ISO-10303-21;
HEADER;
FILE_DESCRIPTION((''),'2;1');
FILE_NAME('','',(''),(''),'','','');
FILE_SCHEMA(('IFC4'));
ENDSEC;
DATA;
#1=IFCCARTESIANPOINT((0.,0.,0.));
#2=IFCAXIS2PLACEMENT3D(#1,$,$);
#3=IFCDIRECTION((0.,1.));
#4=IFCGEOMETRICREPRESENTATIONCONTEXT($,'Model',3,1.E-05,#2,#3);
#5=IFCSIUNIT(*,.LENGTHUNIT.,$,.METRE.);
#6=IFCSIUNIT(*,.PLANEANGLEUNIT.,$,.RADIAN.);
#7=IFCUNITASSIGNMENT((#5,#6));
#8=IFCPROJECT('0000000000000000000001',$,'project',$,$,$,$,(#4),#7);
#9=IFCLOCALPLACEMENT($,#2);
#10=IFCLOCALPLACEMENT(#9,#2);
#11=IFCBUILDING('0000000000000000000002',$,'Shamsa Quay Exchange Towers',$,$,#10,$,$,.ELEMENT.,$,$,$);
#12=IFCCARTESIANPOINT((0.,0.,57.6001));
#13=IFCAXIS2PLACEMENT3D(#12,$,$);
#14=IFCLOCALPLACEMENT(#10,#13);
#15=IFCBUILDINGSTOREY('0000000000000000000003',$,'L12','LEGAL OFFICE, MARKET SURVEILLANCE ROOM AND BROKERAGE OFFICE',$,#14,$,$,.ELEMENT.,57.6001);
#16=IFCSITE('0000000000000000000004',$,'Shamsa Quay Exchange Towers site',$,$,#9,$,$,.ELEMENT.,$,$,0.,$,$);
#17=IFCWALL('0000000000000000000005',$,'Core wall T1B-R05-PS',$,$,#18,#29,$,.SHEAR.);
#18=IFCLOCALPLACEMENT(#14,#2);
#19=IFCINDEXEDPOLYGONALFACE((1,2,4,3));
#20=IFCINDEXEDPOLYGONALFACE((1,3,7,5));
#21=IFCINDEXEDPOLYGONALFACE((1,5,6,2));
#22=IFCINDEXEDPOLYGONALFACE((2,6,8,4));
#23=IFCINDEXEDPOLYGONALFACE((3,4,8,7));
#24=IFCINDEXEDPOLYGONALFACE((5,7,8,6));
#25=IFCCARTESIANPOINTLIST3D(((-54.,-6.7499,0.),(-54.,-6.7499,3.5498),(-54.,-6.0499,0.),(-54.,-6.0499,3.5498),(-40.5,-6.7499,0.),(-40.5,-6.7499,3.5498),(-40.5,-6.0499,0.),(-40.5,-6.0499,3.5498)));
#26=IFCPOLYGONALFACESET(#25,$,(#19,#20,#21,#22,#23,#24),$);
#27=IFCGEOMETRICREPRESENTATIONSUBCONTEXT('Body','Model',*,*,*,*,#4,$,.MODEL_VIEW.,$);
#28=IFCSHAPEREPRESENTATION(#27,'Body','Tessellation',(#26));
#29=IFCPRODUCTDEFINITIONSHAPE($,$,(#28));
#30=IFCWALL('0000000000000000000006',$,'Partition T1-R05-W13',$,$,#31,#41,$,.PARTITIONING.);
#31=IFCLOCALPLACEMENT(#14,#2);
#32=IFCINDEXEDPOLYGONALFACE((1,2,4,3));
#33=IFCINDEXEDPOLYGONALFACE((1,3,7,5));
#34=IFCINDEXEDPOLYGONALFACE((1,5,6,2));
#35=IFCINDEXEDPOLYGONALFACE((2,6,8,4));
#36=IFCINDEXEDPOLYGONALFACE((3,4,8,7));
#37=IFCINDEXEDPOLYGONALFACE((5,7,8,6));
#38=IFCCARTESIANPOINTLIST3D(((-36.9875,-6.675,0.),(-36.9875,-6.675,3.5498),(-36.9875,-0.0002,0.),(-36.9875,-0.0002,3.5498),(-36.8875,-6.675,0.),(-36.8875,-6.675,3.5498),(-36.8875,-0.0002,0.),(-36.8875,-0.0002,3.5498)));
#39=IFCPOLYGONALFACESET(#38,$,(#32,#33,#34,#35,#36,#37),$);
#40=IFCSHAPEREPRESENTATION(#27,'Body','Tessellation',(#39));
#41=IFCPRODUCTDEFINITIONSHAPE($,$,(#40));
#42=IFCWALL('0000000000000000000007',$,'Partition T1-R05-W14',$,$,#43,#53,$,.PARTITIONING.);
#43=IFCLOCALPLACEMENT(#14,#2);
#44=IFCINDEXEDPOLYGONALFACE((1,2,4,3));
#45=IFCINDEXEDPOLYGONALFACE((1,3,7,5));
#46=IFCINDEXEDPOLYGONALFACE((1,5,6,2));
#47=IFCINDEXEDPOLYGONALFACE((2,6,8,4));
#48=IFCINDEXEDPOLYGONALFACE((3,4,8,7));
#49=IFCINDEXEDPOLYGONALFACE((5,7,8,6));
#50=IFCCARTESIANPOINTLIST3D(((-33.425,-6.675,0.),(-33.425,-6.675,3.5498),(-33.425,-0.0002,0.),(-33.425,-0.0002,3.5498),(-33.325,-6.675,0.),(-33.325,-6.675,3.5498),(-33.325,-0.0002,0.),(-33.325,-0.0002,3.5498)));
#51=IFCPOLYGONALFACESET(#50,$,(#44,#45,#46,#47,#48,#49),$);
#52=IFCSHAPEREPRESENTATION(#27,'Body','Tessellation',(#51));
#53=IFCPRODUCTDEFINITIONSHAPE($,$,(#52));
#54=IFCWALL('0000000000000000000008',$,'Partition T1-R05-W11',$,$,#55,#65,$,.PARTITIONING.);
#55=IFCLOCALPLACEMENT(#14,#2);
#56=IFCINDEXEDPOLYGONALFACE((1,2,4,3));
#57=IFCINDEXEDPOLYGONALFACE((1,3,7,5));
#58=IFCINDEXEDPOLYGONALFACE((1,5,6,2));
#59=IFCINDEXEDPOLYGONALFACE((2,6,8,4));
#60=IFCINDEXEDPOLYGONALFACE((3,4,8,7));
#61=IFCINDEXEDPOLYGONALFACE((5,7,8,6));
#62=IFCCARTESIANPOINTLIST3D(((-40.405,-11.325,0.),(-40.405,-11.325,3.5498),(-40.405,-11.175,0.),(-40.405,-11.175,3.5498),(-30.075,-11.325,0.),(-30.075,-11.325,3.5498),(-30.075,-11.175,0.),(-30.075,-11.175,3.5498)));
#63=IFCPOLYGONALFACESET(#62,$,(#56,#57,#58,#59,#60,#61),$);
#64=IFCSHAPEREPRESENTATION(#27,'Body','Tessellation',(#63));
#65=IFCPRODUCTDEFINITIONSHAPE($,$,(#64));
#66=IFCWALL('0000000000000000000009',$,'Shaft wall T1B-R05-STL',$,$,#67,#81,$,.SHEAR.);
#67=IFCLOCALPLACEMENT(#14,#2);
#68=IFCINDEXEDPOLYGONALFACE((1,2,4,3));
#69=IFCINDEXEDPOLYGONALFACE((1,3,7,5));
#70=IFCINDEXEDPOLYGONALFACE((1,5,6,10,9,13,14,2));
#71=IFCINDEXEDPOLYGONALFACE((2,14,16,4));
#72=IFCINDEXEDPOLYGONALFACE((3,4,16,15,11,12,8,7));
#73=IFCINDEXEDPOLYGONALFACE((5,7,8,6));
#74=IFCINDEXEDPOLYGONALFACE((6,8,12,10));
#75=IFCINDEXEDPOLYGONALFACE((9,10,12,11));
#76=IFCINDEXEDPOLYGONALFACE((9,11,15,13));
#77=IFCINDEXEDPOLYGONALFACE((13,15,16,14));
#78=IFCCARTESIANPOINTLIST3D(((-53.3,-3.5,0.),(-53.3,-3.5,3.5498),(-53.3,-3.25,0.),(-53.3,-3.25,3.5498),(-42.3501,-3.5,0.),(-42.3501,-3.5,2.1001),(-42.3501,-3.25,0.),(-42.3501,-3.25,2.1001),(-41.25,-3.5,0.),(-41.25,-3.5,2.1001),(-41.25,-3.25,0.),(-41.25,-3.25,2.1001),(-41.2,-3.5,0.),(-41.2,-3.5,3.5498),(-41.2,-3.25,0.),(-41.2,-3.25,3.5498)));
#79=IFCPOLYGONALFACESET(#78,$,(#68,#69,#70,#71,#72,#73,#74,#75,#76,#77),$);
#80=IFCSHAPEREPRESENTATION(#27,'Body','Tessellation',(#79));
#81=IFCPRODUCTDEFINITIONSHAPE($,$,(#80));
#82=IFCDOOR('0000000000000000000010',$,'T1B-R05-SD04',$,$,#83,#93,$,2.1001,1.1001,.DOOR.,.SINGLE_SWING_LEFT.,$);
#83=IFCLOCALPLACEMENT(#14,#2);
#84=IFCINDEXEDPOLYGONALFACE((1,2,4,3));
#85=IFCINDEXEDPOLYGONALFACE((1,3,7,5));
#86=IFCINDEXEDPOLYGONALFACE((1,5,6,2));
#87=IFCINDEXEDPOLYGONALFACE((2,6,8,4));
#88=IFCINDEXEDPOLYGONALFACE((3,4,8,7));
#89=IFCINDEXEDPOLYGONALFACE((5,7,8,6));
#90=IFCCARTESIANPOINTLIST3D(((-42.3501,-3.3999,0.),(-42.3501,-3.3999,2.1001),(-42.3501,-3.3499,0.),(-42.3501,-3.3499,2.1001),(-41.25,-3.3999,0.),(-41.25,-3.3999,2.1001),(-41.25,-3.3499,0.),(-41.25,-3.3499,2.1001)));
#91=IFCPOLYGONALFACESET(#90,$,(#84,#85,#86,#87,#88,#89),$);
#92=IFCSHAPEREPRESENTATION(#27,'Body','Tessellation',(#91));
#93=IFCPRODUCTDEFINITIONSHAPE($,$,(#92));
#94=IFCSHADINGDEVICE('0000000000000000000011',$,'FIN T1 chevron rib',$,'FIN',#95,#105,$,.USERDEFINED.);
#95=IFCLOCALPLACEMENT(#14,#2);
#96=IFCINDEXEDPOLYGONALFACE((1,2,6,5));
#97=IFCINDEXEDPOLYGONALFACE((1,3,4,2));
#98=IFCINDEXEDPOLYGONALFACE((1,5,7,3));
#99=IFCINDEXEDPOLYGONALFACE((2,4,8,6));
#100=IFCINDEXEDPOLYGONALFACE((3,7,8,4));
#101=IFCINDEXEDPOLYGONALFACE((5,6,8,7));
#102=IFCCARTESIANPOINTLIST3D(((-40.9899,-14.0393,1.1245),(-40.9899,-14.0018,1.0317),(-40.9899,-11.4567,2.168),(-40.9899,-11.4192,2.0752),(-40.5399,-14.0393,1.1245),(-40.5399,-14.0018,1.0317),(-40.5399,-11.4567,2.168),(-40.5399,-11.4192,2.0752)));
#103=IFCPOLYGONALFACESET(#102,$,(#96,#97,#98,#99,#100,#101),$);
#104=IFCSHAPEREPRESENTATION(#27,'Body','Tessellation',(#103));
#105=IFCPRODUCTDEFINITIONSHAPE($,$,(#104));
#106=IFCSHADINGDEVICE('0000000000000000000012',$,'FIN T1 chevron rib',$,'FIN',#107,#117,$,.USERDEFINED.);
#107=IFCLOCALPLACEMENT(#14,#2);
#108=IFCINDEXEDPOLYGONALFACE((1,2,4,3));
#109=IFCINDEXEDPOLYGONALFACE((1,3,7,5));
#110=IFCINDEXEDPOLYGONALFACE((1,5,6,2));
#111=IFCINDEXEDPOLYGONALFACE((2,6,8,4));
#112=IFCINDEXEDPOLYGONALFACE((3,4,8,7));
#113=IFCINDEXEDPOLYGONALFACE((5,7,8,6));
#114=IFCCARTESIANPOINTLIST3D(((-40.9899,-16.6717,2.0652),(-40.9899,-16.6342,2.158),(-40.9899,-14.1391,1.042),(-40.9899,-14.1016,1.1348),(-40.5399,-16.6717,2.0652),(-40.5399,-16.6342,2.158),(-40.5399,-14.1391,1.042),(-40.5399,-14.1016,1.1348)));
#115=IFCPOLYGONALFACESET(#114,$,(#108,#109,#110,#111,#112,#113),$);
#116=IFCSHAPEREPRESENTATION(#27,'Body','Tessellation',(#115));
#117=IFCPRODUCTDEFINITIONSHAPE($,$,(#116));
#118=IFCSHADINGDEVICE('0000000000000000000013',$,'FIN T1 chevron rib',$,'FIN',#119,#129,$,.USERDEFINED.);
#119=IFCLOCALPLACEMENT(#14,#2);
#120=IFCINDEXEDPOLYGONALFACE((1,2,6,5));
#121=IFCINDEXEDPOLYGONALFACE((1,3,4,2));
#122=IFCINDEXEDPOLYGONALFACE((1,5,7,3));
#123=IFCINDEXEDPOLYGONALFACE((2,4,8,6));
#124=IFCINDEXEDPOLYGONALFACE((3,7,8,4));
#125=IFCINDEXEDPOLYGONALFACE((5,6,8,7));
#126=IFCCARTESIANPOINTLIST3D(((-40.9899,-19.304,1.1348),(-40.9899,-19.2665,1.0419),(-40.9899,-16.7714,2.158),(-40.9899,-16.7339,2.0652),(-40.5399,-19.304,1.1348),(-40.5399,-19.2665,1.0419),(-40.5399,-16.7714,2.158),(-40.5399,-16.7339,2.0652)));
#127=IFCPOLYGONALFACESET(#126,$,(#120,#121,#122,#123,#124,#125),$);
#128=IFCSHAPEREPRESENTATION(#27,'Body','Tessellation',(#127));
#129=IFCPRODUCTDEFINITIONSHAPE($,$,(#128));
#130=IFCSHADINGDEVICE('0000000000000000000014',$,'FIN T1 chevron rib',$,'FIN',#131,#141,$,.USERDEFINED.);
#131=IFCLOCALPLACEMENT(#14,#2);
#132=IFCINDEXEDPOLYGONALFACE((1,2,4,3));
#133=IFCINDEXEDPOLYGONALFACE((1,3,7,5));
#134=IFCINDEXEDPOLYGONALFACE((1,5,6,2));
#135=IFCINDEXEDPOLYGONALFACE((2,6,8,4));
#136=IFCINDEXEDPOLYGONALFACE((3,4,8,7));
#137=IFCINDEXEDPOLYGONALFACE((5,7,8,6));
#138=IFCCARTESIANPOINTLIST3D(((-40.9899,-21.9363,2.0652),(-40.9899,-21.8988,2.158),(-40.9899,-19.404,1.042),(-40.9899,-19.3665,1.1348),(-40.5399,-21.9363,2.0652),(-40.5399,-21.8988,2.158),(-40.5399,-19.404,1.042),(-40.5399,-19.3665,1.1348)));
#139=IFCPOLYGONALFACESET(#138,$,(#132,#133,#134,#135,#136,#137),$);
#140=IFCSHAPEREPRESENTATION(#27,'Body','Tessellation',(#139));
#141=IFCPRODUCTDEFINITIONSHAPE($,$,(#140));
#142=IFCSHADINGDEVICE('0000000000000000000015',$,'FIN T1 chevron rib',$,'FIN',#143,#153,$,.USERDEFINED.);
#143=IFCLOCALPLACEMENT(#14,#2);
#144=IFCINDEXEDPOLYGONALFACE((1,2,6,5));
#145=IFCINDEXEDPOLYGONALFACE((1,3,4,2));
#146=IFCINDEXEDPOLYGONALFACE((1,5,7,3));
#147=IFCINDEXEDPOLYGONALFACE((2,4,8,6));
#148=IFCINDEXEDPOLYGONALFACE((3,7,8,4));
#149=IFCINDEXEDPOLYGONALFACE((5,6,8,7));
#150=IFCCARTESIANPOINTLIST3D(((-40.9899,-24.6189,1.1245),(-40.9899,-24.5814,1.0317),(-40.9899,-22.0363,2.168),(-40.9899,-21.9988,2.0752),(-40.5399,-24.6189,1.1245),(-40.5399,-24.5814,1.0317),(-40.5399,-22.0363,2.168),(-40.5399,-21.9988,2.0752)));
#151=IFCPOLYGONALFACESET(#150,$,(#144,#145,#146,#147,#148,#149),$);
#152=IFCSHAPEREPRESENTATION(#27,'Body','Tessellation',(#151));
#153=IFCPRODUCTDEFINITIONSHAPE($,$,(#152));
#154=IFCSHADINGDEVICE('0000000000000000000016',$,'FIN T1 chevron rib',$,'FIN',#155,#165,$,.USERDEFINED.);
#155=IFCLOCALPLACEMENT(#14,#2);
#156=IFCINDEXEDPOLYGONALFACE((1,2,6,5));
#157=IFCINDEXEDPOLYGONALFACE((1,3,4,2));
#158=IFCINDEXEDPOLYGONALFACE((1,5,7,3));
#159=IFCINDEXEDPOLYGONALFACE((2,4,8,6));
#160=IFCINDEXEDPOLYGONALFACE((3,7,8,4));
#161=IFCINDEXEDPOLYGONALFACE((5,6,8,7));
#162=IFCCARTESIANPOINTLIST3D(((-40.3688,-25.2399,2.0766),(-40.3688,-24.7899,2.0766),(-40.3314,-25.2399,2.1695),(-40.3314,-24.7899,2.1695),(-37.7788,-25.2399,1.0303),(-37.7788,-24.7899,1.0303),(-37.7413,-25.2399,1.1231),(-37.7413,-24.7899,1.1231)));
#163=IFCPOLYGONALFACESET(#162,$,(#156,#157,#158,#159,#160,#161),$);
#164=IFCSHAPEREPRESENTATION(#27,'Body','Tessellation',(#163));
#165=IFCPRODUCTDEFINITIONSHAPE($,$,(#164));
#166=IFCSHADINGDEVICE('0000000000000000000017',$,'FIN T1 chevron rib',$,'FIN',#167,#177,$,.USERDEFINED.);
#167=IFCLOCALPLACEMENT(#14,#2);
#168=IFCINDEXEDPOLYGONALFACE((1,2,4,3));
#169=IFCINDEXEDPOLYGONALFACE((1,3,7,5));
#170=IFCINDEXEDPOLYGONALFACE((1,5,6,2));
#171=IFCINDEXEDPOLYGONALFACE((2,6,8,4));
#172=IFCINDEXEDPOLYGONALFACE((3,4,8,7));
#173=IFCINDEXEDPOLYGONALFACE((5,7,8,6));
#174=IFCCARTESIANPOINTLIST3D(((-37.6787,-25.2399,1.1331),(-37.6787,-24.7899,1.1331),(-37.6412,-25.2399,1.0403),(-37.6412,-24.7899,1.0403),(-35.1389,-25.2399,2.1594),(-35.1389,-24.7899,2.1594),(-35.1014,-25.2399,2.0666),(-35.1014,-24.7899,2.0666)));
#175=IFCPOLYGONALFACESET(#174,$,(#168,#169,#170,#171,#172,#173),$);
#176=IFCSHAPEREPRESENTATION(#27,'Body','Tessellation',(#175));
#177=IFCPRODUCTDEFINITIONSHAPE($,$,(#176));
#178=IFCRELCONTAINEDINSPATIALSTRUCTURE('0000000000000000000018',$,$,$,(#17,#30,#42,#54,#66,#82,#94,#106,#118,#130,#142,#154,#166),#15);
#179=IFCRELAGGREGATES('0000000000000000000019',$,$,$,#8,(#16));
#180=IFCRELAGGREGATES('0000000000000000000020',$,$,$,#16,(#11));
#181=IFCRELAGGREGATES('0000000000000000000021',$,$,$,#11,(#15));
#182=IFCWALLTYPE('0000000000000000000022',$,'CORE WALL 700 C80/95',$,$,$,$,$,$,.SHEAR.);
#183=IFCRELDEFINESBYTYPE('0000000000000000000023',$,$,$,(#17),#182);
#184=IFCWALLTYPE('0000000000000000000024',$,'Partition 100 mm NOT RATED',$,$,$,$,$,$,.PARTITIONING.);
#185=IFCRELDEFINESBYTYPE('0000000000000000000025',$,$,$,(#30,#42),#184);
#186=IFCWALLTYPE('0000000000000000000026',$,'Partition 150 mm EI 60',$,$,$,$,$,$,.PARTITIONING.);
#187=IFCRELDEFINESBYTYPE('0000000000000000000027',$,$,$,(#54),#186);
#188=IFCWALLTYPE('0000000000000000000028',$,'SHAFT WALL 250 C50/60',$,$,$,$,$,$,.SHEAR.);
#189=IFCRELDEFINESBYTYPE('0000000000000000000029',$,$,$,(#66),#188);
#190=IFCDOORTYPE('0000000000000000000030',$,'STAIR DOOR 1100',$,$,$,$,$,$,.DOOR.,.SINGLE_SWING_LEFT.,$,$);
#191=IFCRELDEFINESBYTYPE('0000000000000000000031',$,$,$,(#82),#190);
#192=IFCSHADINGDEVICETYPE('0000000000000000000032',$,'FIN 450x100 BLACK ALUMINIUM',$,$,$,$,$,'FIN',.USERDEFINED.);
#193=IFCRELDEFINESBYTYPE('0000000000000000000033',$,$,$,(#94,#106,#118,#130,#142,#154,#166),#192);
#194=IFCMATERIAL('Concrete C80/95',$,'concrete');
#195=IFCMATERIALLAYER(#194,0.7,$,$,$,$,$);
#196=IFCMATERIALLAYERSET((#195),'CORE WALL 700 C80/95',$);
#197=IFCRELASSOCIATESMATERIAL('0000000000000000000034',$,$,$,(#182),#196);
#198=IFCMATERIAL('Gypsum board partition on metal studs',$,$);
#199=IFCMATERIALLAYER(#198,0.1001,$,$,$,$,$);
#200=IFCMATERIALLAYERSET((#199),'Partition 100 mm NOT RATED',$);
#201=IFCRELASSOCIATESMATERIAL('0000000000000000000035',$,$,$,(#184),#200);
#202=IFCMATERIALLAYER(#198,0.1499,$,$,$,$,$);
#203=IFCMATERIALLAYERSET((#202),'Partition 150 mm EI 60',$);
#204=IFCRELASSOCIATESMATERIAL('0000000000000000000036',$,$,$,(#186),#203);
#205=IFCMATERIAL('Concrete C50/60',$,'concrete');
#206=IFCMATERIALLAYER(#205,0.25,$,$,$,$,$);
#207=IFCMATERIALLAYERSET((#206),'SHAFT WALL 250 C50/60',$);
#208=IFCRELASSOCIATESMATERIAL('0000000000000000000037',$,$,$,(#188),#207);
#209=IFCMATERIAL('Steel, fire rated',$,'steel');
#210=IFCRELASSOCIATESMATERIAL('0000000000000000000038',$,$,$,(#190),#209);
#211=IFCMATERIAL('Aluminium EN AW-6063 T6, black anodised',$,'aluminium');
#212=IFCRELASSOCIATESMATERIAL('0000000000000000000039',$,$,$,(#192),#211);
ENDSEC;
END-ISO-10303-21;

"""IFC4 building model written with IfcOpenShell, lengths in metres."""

from ifc_helpers import new_model, si_unit, direction, frame, frame_2d, origin, origin_2d, place, context, subcontext, project, spatial, rectangle, extrude, material, layer, layer_set, material_profile, profile_set, type_object, element, fill, save


model = new_model("IFC4")

# Units and contexts
model_context = context("Model", 3, precision=1e-05, world=origin(), true_north=direction((0.0, 1.0)))
body_context = subcontext(model_context, "Body", "Model", "MODEL_VIEW")
ifc_project = project(units=[si_unit("LENGTHUNIT", "METRE"), si_unit("PLANEANGLEUNIT", "RADIAN")], contexts=[model_context])

# Site, building, storey
site_placement = place(None, origin())
site = spatial("IfcSite", under=ifc_project, at=site_placement, Name="Shamsa Quay Exchange Towers site", CompositionType="ELEMENT", RefElevation=0.0)
building_placement = place(site_placement, origin())
building = spatial("IfcBuilding", under=site, at=building_placement, Name="Shamsa Quay Exchange Towers", CompositionType="ELEMENT")
storey_placement = place(building_placement, frame((0.0, 0.0, 57.6001)))
storey = spatial("IfcBuildingStorey", under=building, at=storey_placement, Name="L12", Description="LEGAL OFFICE, MARKET SURVEILLANCE ROOM AND BROKERAGE OFFICE", CompositionType="ELEMENT", Elevation=57.6001)

# Shared definitions
ifc_material_1 = material(Name="Aluminium EN AW-6063 T6, black anodised", Category="aluminium")

# Wall
ifc_material_2 = material(Name="Concrete C80/95", Category="concrete")
ifc_layer_1 = layer(ifc_material_2, 0.7)
ifc_layer_set_1 = layer_set([ifc_layer_1], Name="CORE WALL 700 C80/95")
wall_type_1 = type_object("IfcWallType", Name="CORE WALL 700 C80/95", PredefinedType="SHEAR", material=ifc_layer_set_1)
wall_1_placement = place(storey_placement, frame((-40.5, -6.3999, 0.0), z_axis=(0.0, 0.0, 1.0), x_axis=(-1.0, 0.0, 0.0)))
element("IfcWall", 1, at=wall_1_placement, inside=storey, type_object=wall_type_1, Name="Core wall T1B-R05-PS", PredefinedType="SHEAR", context=body_context, shape_type="SweptSolid", body=[
    extrude(rectangle(XDim=13.5, YDim=0.7, at=frame_2d((6.75, 0.0))), origin(), (0.0, 0.0, 1.0), 3.5498),
])

# Shared definitions
ifc_material_3 = material(Name="Steel, fire rated", Category="steel")

# Walls
ifc_material_4 = material(Name="Gypsum board partition on metal studs")
ifc_layer_2 = layer(ifc_material_4, 0.1001)
ifc_layer_set_2 = layer_set([ifc_layer_2], Name="Partition 100 mm NOT RATED")
wall_type_2 = type_object("IfcWallType", Name="Partition 100 mm NOT RATED", PredefinedType="PARTITIONING", material=ifc_layer_set_2)
for number, where, z_axis, x_axis, name in (
    (2, (-36.9375, -6.675, 0.0), (0.0, 0.0, 1.0), (0.0, 1.0, 0.0), "Partition T1-R05-W13"),
    (3, (-33.375, -6.675, 0.0), (0.0, 0.0, 1.0), (0.0, 1.0, 0.0), "Partition T1-R05-W14"),
):
    element("IfcWall", number, at=place(storey_placement, frame(where, z_axis=z_axis, x_axis=x_axis)), inside=storey, type_object=wall_type_2, Name=name, PredefinedType="PARTITIONING", context=body_context, shape_type="SweptSolid", body=[
        extrude(rectangle(XDim=6.6748, YDim=0.1001, at=frame_2d((3.3374, 0.0))), origin(), (0.0, 0.0, 1.0), 3.5498),
    ])
ifc_layer_3 = layer(ifc_material_4, 0.1499)
ifc_layer_set_3 = layer_set([ifc_layer_3], Name="Partition 150 mm EI 60")
wall_type_3 = type_object("IfcWallType", Name="Partition 150 mm EI 60", PredefinedType="PARTITIONING", material=ifc_layer_set_3)
wall_2_placement = place(storey_placement, frame((-40.405, -11.25, 0.0)))
element("IfcWall", 4, at=wall_2_placement, inside=storey, type_object=wall_type_3, Name="Partition T1-R05-W11", PredefinedType="PARTITIONING", context=body_context, shape_type="SweptSolid", body=[
    extrude(rectangle(XDim=10.3301, YDim=0.1499, at=frame_2d((5.165, 0.0))), origin(), (0.0, 0.0, 1.0), 3.5498),
])

# Wall, opening, door
ifc_material_5 = material(Name="Concrete C50/60", Category="concrete")
ifc_layer_4 = layer(ifc_material_5, 0.25)
ifc_layer_set_4 = layer_set([ifc_layer_4], Name="SHAFT WALL 250 C50/60")
wall_type_4 = type_object("IfcWallType", Name="SHAFT WALL 250 C50/60", PredefinedType="SHEAR", material=ifc_layer_set_4)
wall_3_placement = place(storey_placement, frame((-41.2, -3.375, 0.0), z_axis=(0.0, 0.0, 1.0), x_axis=(-1.0, 0.0, 0.0)))
wall_3 = element("IfcWall", 5, at=wall_3_placement, inside=storey, type_object=wall_type_4, Name="Shaft wall T1B-R05-STL", PredefinedType="SHEAR", context=body_context, shape_type="SweptSolid", body=[
    extrude(rectangle(XDim=12.1001, YDim=0.25, at=frame_2d((6.05, 0.0))), origin(), (0.0, 0.0, 1.0), 3.5498),
])
opening_1_placement = place(wall_3_placement, frame((0.05, 0.0, 0.0)))
opening_1 = element("IfcOpeningElement", 6, at=opening_1_placement, cuts=wall_3, PredefinedType="OPENING", context=body_context, shape_type="SweptSolid", body=[
    extrude(rectangle(XDim=1.1001, YDim=2.1001, at=frame_2d((0.55, 1.05))), frame((0.0, 0.135, 0.0), z_axis=(0.0, -1.0, 0.0), x_axis=(1.0, 0.0, 0.0)), (0.0, 0.0, 1.0), 0.27),
])
door_type_1 = type_object("IfcDoorType", Name="STAIR DOOR 1100", OperationType="SINGLE_SWING_LEFT", PredefinedType="DOOR", material=ifc_material_3)
door_1_placement = place(opening_1_placement, origin())
door_1 = element("IfcDoor", 7, at=door_1_placement, inside=storey, type_object=door_type_1, Name="T1B-R05-SD04", OperationType="SINGLE_SWING_LEFT", OverallHeight=2.1001, OverallWidth=1.1001, PredefinedType="DOOR", context=body_context, shape_type="SweptSolid", body=[
    extrude(rectangle(XDim=1.1001, YDim=2.1001, at=frame_2d((0.55, 1.05))), frame((0.0, 0.0249, 0.0), z_axis=(0.0, -1.0, 0.0), x_axis=(1.0, 0.0, 0.0)), (0.0, 0.0, 1.0), 0.05),
])
fill(opening_1, door_1)

# Shading devices
ifc_material_profile_1 = material_profile(ifc_material_1, rectangle(XDim=0.45, YDim=0.1001, at=origin_2d()), Name="FIN450x100")
ifc_profile_set_1 = profile_set([ifc_material_profile_1], Name="Aluminium EN AW-6063 T6, black anodised")
shading_device_type = type_object("IfcShadingDeviceType", Name="FIN 450x100 BLACK ALUMINIUM", ElementType="FIN", PredefinedType="USERDEFINED", material=ifc_profile_set_1)
shading_device_1_placement = place(storey_placement, frame((-40.7649, -11.438, 2.1216), z_axis=(0.0, -0.927177, -0.374622), x_axis=(1.0, 0.0, 0.0)))
element("IfcShadingDevice", 8, at=shading_device_1_placement, inside=storey, type_object=shading_device_type, Name="FIN T1 chevron rib", ObjectType="FIN", PredefinedType="USERDEFINED", context=body_context, shape_type="SweptSolid", body=[
    extrude(rectangle(XDim=0.45, YDim=0.1001, at=origin_2d()), origin(), (0.0, 0.0, 1.0), 2.7854),
])
for number, where, z_axis, x_axis, name in (
    (9, (-40.7649, -14.1204, 1.0884), (0.0, -0.927183, 0.374609), (1.0, 0.0, 0.0), "FIN T1 chevron rib"),
    (10, (-40.7649, -16.7527, 2.1116), (0.0, -0.927183, -0.374609), (1.0, 0.0, 0.0), "FIN T1 chevron rib"),
):
    element("IfcShadingDevice", number, at=place(storey_placement, frame(where, z_axis=z_axis, x_axis=x_axis)), inside=storey, type_object=shading_device_type, Name=name, ObjectType="FIN", PredefinedType="USERDEFINED", context=body_context, shape_type="SweptSolid", body=[
        extrude(rectangle(XDim=0.45, YDim=0.1001, at=origin_2d()), origin(), (0.0, 0.0, 1.0), 2.7314),
    ])
shading_device_2_placement = place(storey_placement, frame((-40.7649, -19.3853, 1.0884), z_axis=(0.0, -0.92717, 0.37464), x_axis=(1.0, 0.0, 0.0)))
element("IfcShadingDevice", 11, at=shading_device_2_placement, inside=storey, type_object=shading_device_type, Name="FIN T1 chevron rib", ObjectType="FIN", PredefinedType="USERDEFINED", context=body_context, shape_type="SweptSolid", body=[
    extrude(rectangle(XDim=0.45, YDim=0.1001, at=origin_2d()), origin(), (0.0, 0.0, 1.0), 2.7312),
])
shading_device_3_placement = place(storey_placement, frame((-40.7649, -22.0176, 2.1216), z_axis=(0.0, -0.927177, -0.374622), x_axis=(1.0, 0.0, 0.0)))
element("IfcShadingDevice", 12, at=shading_device_3_placement, inside=storey, type_object=shading_device_type, Name="FIN T1 chevron rib", ObjectType="FIN", PredefinedType="USERDEFINED", context=body_context, shape_type="SweptSolid", body=[
    extrude(rectangle(XDim=0.45, YDim=0.1001, at=origin_2d()), origin(), (0.0, 0.0, 1.0), 2.7854),
])
shading_device_4_placement = place(storey_placement, frame((-40.3501, -25.0149, 2.123), z_axis=(0.927193, 0.0, -0.374583), x_axis=(0.0, 1.0, 0.0)))
element("IfcShadingDevice", 13, at=shading_device_4_placement, inside=storey, type_object=shading_device_type, Name="FIN T1 chevron rib", ObjectType="FIN", PredefinedType="USERDEFINED", context=body_context, shape_type="SweptSolid", body=[
    extrude(rectangle(XDim=0.45, YDim=0.1001, at=origin_2d()), origin(), (0.0, 0.0, 1.0), 2.7935),
])
shading_device_5_placement = place(storey_placement, frame((-37.6599, -25.0149, 1.0867), z_axis=(0.927156, 0.0, 0.374677), x_axis=(0.0, 1.0, 0.0)))
element("IfcShadingDevice", 14, at=shading_device_5_placement, inside=storey, type_object=shading_device_type, Name="FIN T1 chevron rib", ObjectType="FIN", PredefinedType="USERDEFINED", context=body_context, shape_type="SweptSolid", body=[
    extrude(rectangle(XDim=0.45, YDim=0.1001, at=origin_2d()), origin(), (0.0, 0.0, 1.0), 2.7393),
])

save(model, "model.ifc")
